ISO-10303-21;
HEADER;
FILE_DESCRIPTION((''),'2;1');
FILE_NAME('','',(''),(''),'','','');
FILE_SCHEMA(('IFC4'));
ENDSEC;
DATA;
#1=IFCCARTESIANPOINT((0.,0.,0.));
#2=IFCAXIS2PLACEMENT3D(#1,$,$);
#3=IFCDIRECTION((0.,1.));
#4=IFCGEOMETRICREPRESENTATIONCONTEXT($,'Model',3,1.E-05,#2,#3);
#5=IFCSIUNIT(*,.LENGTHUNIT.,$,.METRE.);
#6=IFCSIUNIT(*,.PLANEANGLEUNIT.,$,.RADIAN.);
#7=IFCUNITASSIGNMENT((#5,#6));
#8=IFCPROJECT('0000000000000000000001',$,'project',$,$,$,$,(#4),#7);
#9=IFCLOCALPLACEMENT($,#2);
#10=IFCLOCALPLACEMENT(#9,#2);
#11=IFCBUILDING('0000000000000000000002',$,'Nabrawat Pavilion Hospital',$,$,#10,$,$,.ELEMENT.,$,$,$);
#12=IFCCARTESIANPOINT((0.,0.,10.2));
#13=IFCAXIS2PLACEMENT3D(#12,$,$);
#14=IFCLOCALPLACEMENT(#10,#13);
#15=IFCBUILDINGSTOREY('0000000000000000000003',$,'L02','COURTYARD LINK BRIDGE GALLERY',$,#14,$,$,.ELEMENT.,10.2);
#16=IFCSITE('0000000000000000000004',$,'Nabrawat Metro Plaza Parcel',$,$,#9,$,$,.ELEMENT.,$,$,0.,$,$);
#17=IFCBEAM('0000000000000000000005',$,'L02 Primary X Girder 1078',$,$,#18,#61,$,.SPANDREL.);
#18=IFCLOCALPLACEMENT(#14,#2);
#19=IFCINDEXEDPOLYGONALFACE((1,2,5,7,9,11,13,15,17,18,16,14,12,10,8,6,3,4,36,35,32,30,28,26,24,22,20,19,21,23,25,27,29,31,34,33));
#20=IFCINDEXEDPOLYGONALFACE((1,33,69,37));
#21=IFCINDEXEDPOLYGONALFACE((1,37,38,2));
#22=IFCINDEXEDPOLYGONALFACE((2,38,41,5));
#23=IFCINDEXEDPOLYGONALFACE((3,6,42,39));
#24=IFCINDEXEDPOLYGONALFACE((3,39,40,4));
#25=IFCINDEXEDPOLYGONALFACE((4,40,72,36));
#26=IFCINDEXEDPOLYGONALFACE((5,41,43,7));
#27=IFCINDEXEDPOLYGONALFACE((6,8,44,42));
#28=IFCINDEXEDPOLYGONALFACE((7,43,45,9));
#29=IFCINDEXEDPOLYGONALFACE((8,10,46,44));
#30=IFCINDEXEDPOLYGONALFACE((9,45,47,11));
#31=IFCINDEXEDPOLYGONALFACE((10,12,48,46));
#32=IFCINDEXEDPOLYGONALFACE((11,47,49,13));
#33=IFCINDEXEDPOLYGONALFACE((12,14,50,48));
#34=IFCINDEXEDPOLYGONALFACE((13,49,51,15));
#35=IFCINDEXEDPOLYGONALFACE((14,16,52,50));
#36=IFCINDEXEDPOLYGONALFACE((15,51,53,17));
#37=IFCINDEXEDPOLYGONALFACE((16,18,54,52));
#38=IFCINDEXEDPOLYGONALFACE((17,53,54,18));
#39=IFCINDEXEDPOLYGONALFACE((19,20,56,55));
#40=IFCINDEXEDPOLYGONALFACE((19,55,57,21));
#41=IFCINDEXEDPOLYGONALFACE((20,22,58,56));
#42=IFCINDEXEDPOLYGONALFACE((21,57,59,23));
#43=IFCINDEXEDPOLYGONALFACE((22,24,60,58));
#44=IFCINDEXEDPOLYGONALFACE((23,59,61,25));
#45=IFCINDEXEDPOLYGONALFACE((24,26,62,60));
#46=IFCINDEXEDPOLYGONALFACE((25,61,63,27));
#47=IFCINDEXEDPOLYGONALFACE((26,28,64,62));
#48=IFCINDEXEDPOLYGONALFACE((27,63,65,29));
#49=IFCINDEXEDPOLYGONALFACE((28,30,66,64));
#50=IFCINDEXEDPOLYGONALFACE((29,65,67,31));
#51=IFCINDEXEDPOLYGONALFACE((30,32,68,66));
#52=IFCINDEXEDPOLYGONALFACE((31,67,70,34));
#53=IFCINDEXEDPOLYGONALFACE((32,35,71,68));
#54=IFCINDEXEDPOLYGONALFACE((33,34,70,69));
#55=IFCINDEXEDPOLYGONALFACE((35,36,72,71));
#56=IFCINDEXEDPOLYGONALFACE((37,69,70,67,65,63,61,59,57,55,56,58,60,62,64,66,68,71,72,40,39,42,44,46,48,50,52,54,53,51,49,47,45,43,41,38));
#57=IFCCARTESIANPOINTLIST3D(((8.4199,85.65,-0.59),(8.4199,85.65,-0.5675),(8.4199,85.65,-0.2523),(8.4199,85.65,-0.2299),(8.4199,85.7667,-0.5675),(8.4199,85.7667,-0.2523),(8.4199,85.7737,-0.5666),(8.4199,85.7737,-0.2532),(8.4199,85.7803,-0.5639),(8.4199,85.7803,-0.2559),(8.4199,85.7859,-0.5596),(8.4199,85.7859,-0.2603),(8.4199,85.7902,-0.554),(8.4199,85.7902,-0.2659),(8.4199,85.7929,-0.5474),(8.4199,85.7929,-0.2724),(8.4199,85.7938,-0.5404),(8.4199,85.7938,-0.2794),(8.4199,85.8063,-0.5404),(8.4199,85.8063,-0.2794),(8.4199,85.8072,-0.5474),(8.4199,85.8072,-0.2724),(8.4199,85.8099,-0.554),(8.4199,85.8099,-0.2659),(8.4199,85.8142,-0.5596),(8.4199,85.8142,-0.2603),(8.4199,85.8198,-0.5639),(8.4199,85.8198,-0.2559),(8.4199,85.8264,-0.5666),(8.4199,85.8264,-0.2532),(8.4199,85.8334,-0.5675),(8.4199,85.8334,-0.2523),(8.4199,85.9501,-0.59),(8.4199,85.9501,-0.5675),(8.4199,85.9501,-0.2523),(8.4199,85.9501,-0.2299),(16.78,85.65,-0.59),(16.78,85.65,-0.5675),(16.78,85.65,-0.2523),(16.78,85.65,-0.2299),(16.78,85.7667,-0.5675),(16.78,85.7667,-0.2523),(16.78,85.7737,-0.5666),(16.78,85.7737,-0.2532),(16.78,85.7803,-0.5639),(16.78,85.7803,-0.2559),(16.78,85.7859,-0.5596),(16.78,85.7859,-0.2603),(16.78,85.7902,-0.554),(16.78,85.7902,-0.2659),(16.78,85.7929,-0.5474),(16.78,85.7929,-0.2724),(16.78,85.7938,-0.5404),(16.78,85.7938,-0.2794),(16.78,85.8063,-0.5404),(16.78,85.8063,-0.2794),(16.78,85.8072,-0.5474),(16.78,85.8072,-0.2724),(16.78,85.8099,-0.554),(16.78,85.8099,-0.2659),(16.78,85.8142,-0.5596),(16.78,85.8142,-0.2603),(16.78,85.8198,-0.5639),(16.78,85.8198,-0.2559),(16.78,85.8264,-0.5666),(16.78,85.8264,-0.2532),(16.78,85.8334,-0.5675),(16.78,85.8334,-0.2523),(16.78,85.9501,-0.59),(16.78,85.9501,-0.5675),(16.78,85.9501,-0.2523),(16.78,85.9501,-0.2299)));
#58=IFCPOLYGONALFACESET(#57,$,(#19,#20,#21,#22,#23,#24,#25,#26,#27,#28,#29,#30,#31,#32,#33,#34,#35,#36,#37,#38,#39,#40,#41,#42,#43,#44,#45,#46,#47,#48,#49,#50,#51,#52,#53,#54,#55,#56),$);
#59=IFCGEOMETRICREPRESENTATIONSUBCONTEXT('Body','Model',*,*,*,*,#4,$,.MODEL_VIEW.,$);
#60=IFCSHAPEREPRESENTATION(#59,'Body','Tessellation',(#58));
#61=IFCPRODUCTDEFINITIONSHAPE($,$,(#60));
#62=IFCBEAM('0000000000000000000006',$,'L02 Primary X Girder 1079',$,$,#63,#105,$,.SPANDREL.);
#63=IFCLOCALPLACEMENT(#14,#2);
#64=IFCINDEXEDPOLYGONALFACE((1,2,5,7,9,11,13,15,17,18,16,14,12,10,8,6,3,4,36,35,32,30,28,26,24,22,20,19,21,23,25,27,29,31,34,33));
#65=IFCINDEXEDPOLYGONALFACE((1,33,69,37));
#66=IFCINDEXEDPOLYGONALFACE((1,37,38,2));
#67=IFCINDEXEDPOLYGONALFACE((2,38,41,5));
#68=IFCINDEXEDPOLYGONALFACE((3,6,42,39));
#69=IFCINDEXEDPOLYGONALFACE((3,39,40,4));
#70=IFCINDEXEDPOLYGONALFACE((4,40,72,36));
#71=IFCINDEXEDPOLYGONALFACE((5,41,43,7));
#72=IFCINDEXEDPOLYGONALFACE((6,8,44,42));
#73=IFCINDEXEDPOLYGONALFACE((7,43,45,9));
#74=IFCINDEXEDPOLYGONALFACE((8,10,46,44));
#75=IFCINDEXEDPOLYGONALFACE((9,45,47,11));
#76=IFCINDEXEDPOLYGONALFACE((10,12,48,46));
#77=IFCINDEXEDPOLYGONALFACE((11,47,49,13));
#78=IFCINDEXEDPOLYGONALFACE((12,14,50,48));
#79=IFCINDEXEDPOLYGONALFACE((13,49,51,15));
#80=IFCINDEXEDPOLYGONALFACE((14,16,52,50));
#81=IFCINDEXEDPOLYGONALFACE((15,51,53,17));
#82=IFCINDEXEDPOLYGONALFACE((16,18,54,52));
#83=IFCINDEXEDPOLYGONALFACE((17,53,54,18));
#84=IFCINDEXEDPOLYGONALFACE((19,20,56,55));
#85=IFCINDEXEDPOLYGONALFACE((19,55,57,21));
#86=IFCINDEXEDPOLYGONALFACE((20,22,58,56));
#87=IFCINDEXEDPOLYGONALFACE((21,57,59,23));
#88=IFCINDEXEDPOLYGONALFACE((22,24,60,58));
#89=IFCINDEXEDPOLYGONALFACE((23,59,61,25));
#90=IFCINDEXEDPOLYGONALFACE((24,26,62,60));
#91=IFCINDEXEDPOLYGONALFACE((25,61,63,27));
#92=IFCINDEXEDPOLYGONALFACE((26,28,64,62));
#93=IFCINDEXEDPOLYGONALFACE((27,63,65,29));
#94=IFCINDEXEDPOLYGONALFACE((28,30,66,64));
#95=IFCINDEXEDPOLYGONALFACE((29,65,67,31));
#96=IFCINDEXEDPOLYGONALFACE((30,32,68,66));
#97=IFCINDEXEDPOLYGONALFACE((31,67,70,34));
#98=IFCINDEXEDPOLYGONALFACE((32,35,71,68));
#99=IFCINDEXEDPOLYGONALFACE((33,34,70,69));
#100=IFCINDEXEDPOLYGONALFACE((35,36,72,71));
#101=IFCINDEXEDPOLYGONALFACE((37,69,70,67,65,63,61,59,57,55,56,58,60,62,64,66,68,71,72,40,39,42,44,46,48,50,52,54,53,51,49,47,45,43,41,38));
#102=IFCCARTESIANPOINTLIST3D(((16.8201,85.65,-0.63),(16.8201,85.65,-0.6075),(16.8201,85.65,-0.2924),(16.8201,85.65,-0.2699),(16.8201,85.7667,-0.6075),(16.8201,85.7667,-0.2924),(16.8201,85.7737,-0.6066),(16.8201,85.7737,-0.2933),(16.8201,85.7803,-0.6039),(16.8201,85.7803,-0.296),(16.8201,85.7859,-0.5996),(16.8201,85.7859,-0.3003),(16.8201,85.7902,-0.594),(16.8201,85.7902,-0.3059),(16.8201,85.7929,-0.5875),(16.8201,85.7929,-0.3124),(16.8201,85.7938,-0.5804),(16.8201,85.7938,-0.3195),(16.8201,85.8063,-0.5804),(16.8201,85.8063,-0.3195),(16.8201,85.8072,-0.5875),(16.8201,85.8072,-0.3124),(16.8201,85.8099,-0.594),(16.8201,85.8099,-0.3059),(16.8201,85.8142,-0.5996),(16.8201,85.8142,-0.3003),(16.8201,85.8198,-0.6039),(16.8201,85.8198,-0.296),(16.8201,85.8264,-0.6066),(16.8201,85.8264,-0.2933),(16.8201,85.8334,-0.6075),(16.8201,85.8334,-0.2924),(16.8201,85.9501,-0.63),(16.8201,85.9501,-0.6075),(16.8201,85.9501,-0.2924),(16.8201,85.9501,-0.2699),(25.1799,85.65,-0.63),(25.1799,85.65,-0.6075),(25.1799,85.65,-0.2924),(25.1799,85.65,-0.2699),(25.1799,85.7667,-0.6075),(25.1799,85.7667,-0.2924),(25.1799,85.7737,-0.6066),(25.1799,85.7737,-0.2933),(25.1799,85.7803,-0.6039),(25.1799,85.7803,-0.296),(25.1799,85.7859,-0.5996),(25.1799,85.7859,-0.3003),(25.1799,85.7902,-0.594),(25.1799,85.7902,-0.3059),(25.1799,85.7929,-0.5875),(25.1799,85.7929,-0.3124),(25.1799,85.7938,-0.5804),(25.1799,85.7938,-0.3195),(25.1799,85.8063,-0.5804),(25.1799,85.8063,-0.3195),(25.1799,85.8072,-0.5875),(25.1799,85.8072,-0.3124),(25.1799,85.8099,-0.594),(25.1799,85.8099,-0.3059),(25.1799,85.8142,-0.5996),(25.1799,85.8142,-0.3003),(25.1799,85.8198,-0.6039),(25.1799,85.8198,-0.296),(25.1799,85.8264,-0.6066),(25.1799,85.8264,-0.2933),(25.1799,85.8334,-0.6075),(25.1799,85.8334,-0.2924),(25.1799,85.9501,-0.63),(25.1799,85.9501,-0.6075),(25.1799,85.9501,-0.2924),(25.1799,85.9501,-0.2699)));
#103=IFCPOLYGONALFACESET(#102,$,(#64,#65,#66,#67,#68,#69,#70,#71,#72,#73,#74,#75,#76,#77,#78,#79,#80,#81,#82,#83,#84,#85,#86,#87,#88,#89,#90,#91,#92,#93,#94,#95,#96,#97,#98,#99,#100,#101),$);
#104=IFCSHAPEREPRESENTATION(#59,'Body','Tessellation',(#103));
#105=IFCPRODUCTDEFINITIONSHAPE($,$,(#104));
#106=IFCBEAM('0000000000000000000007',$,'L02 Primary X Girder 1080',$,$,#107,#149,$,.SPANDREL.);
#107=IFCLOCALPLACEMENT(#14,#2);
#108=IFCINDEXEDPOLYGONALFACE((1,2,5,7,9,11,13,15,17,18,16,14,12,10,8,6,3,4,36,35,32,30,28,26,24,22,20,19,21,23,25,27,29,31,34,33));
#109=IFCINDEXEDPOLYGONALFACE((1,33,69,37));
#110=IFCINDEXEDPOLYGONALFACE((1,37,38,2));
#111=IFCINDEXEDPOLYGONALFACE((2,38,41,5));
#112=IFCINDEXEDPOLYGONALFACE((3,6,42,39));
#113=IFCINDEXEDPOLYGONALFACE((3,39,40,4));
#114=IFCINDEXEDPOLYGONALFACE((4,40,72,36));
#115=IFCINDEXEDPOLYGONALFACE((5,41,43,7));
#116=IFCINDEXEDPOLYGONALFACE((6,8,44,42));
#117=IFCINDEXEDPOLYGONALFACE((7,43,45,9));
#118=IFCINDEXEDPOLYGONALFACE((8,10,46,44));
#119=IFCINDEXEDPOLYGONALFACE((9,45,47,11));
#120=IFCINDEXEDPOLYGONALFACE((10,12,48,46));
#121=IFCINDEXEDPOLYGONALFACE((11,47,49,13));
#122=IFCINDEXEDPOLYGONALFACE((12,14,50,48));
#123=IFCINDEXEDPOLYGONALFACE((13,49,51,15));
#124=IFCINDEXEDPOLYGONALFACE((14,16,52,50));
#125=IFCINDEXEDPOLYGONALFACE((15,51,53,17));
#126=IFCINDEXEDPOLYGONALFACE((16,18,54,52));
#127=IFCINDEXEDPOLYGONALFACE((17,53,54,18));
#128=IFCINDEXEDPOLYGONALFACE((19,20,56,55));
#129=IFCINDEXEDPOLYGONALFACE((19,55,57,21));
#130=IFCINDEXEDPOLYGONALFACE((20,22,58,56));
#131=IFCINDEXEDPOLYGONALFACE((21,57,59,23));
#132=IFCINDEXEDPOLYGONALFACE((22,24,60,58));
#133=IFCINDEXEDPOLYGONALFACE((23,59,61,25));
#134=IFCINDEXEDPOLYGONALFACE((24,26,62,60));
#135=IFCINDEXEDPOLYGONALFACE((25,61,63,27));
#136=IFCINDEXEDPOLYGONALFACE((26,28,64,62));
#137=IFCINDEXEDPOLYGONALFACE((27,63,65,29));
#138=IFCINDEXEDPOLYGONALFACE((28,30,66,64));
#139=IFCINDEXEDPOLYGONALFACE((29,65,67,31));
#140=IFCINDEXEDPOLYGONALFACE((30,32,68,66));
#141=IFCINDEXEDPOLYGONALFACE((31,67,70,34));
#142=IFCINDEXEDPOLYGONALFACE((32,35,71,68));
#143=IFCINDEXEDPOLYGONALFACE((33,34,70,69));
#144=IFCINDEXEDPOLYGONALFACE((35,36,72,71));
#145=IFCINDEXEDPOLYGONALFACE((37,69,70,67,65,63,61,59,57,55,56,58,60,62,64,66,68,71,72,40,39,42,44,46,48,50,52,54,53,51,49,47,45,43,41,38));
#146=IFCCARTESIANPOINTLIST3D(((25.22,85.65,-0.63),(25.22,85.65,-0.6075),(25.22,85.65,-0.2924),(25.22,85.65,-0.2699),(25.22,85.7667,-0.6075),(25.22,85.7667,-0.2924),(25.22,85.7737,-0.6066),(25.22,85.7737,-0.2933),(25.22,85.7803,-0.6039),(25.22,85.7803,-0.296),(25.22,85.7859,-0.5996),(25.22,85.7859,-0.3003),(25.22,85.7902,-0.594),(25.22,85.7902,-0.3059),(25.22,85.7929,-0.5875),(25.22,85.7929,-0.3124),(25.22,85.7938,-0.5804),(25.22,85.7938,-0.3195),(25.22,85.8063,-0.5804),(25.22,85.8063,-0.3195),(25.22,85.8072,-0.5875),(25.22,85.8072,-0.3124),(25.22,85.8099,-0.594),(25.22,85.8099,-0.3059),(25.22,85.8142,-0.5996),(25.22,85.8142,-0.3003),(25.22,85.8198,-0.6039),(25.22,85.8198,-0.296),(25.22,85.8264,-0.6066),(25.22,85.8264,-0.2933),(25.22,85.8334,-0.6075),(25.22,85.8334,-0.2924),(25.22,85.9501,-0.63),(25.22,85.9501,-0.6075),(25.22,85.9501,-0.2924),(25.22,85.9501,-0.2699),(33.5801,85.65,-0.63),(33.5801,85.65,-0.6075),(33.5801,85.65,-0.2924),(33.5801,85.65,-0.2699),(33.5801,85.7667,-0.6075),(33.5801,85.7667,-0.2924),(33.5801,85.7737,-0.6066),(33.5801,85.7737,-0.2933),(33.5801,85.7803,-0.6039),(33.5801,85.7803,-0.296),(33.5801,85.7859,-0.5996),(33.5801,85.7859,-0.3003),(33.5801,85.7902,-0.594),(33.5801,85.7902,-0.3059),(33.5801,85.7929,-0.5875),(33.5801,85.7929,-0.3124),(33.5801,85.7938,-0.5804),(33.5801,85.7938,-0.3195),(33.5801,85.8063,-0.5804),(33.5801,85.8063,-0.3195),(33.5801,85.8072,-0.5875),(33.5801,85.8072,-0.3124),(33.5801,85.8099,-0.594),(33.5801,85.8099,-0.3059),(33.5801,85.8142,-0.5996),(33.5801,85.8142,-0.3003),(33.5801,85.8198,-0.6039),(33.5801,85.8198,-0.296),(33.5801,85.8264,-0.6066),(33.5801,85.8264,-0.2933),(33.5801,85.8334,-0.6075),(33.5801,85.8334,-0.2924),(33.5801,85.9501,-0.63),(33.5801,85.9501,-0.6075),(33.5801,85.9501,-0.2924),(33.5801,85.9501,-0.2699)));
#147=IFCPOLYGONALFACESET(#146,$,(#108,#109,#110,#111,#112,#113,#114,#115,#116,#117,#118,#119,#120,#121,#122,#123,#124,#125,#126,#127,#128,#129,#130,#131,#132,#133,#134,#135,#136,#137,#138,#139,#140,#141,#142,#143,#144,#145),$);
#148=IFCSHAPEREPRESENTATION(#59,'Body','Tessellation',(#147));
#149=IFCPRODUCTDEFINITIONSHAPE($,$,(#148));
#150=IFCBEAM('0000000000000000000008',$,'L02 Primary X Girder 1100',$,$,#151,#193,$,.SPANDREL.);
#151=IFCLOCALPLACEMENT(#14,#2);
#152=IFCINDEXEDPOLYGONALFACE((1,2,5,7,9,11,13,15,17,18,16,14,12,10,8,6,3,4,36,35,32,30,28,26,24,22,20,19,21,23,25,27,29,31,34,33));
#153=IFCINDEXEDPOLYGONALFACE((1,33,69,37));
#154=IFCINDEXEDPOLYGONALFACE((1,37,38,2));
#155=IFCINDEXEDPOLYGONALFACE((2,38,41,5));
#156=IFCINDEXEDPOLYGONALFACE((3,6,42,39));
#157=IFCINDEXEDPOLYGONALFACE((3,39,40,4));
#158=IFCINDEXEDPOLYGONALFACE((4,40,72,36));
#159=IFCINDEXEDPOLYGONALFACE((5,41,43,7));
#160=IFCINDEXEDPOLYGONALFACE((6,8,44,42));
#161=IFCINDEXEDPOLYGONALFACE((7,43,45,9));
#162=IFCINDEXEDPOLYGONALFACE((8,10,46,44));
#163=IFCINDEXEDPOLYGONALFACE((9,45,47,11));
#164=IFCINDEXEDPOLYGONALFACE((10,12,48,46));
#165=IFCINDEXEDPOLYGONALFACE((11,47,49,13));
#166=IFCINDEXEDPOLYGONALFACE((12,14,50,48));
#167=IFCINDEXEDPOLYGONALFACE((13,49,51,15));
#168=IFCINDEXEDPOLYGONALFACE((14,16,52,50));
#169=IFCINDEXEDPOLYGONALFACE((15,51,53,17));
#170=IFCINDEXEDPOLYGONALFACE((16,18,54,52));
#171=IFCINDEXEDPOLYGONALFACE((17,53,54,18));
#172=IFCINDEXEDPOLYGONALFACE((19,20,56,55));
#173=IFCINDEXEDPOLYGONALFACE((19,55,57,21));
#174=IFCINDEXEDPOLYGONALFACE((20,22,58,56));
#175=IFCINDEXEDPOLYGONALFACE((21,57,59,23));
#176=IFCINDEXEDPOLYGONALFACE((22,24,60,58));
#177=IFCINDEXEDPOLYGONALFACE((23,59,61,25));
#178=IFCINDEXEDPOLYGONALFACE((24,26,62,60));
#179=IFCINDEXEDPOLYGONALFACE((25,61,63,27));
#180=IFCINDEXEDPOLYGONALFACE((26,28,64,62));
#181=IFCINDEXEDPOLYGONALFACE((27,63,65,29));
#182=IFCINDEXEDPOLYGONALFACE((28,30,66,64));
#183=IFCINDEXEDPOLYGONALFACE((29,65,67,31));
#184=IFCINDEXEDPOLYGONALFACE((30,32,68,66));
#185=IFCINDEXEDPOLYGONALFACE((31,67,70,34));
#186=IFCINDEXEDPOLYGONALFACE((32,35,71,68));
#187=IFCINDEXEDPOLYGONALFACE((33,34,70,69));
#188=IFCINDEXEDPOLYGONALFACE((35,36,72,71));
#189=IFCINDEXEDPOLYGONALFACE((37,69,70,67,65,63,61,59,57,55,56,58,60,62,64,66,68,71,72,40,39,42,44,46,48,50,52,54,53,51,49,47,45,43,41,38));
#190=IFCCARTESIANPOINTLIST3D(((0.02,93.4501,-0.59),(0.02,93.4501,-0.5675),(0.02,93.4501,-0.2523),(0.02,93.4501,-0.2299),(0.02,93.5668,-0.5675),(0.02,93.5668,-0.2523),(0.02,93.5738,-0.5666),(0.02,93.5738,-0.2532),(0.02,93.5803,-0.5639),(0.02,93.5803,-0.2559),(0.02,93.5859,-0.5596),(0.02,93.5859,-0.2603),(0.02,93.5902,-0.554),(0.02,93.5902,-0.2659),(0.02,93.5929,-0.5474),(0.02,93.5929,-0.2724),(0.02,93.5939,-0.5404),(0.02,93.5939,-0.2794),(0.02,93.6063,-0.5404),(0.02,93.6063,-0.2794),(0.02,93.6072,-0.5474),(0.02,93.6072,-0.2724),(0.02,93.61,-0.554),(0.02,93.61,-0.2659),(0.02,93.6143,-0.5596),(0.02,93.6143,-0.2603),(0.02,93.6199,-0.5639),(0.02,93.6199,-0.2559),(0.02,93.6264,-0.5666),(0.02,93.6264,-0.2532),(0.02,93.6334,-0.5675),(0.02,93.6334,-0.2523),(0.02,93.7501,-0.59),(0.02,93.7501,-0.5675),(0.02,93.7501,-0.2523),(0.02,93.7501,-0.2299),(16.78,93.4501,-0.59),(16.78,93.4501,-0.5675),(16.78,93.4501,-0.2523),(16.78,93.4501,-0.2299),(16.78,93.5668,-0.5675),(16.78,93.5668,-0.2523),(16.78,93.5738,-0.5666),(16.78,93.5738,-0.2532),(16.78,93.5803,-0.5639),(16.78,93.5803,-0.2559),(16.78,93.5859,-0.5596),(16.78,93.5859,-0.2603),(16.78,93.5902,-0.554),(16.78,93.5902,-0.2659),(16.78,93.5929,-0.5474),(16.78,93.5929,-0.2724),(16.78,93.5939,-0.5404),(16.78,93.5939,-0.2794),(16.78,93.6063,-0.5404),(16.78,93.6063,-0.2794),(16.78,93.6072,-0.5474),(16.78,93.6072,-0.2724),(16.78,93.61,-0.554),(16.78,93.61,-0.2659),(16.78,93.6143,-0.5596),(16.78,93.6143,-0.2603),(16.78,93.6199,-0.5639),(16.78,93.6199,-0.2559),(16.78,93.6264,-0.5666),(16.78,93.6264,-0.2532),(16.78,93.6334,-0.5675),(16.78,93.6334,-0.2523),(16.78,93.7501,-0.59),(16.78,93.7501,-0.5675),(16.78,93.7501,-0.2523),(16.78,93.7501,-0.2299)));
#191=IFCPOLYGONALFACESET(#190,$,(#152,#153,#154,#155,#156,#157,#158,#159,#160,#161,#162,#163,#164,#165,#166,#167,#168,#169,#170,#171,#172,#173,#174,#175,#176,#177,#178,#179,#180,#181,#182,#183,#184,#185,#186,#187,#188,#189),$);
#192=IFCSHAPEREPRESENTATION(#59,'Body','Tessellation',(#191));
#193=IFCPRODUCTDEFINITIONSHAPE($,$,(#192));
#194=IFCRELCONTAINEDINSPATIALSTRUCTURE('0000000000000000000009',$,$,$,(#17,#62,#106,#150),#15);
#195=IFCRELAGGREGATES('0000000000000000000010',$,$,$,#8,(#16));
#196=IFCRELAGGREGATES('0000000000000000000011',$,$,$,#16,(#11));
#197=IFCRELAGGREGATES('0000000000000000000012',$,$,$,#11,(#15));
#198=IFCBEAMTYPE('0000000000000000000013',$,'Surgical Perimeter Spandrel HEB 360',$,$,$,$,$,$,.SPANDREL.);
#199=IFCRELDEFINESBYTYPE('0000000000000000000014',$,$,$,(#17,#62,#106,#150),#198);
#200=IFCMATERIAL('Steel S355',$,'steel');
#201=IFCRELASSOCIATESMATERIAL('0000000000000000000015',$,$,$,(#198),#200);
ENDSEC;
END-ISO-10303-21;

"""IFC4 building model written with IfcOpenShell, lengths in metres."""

from ifc_helpers import new_model, si_unit, direction, frame, origin, origin_2d, place, context, subcontext, project, spatial, i_section, extrude, material, material_profile, profile_set, type_object, element, save


model = new_model("IFC4")

# Units and contexts
model_context = context("Model", 3, precision=1e-05, world=origin(), true_north=direction((0.0, 1.0)))
body_context = subcontext(model_context, "Body", "Model", "MODEL_VIEW")
ifc_project = project(units=[si_unit("LENGTHUNIT", "METRE"), si_unit("PLANEANGLEUNIT", "RADIAN")], contexts=[model_context])

# Site, building, storey
site_placement = place(None, origin())
site = spatial("IfcSite", under=ifc_project, at=site_placement, Name="Nabrawat Metro Plaza Parcel", CompositionType="ELEMENT", RefElevation=0.0)
building_placement = place(site_placement, origin())
building = spatial("IfcBuilding", under=site, at=building_placement, Name="Nabrawat Pavilion Hospital", CompositionType="ELEMENT")
storey_placement = place(building_placement, frame((0.0, 0.0, 10.2)))
storey = spatial("IfcBuildingStorey", under=building, at=storey_placement, Name="L02", Description="COURTYARD LINK BRIDGE GALLERY", CompositionType="ELEMENT", Elevation=10.2)

# Shared definitions
ifc_material_1 = material(Name="Steel S355", Category="steel")

# Beams
ifc_material_profile_1 = material_profile(ifc_material_1, i_section(OverallWidth=0.3, OverallDepth=0.3601, WebThickness=0.0125, FlangeThickness=0.0225, FilletRadius=0.0271, at=origin_2d()), Name="HEB 360")
ifc_profile_set_1 = profile_set([ifc_material_profile_1], Name="Steel S355")
beam_type_1 = type_object("IfcBeamType", Name="Surgical Perimeter Spandrel HEB 360", PredefinedType="SPANDREL", material=ifc_profile_set_1)
beam_1_placement = place(storey_placement, frame((8.4199, 85.8, -0.4099), z_axis=(1.0, 0.0, 0.0), x_axis=(0.0, 1.0, 0.0)))
element("IfcBeam", 1, at=beam_1_placement, inside=storey, type_object=beam_type_1, Name="L02 Primary X Girder 1078", PredefinedType="SPANDREL", context=body_context, shape_type="SweptSolid", body=[
    extrude(i_section(OverallWidth=0.3, OverallDepth=0.3601, WebThickness=0.0125, FlangeThickness=0.0225, FilletRadius=0.0271, at=origin_2d()), origin(), (0.0, 0.0, 1.0), 8.3601),
])
beam_2_placement = place(storey_placement, frame((16.8201, 85.8, -0.45), z_axis=(1.0, 0.0, 0.0), x_axis=(0.0, 1.0, 0.0)))
element("IfcBeam", 2, at=beam_2_placement, inside=storey, type_object=beam_type_1, Name="L02 Primary X Girder 1079", PredefinedType="SPANDREL", context=body_context, shape_type="SweptSolid", body=[
    extrude(i_section(OverallWidth=0.3, OverallDepth=0.3601, WebThickness=0.0125, FlangeThickness=0.0225, FilletRadius=0.0271, at=origin_2d()), origin(), (0.0, 0.0, 1.0), 8.3599),
])
beam_3_placement = place(storey_placement, frame((25.22, 85.8, -0.45), z_axis=(1.0, 0.0, 0.0), x_axis=(0.0, 1.0, 0.0)))
element("IfcBeam", 3, at=beam_3_placement, inside=storey, type_object=beam_type_1, Name="L02 Primary X Girder 1080", PredefinedType="SPANDREL", context=body_context, shape_type="SweptSolid", body=[
    extrude(i_section(OverallWidth=0.3, OverallDepth=0.3601, WebThickness=0.0125, FlangeThickness=0.0225, FilletRadius=0.0271, at=origin_2d()), origin(), (0.0, 0.0, 1.0), 8.3601),
])
beam_4_placement = place(storey_placement, frame((0.02, 93.6001, -0.4099), z_axis=(1.0, 0.0, 0.0), x_axis=(0.0, 1.0, 0.0)))
element("IfcBeam", 4, at=beam_4_placement, inside=storey, type_object=beam_type_1, Name="L02 Primary X Girder 1100", PredefinedType="SPANDREL", context=body_context, shape_type="SweptSolid", body=[
    extrude(i_section(OverallWidth=0.3, OverallDepth=0.3601, WebThickness=0.0125, FlangeThickness=0.0225, FilletRadius=0.0271, at=origin_2d()), origin(), (0.0, 0.0, 1.0), 16.76),
])

save(model, "model.ifc")
